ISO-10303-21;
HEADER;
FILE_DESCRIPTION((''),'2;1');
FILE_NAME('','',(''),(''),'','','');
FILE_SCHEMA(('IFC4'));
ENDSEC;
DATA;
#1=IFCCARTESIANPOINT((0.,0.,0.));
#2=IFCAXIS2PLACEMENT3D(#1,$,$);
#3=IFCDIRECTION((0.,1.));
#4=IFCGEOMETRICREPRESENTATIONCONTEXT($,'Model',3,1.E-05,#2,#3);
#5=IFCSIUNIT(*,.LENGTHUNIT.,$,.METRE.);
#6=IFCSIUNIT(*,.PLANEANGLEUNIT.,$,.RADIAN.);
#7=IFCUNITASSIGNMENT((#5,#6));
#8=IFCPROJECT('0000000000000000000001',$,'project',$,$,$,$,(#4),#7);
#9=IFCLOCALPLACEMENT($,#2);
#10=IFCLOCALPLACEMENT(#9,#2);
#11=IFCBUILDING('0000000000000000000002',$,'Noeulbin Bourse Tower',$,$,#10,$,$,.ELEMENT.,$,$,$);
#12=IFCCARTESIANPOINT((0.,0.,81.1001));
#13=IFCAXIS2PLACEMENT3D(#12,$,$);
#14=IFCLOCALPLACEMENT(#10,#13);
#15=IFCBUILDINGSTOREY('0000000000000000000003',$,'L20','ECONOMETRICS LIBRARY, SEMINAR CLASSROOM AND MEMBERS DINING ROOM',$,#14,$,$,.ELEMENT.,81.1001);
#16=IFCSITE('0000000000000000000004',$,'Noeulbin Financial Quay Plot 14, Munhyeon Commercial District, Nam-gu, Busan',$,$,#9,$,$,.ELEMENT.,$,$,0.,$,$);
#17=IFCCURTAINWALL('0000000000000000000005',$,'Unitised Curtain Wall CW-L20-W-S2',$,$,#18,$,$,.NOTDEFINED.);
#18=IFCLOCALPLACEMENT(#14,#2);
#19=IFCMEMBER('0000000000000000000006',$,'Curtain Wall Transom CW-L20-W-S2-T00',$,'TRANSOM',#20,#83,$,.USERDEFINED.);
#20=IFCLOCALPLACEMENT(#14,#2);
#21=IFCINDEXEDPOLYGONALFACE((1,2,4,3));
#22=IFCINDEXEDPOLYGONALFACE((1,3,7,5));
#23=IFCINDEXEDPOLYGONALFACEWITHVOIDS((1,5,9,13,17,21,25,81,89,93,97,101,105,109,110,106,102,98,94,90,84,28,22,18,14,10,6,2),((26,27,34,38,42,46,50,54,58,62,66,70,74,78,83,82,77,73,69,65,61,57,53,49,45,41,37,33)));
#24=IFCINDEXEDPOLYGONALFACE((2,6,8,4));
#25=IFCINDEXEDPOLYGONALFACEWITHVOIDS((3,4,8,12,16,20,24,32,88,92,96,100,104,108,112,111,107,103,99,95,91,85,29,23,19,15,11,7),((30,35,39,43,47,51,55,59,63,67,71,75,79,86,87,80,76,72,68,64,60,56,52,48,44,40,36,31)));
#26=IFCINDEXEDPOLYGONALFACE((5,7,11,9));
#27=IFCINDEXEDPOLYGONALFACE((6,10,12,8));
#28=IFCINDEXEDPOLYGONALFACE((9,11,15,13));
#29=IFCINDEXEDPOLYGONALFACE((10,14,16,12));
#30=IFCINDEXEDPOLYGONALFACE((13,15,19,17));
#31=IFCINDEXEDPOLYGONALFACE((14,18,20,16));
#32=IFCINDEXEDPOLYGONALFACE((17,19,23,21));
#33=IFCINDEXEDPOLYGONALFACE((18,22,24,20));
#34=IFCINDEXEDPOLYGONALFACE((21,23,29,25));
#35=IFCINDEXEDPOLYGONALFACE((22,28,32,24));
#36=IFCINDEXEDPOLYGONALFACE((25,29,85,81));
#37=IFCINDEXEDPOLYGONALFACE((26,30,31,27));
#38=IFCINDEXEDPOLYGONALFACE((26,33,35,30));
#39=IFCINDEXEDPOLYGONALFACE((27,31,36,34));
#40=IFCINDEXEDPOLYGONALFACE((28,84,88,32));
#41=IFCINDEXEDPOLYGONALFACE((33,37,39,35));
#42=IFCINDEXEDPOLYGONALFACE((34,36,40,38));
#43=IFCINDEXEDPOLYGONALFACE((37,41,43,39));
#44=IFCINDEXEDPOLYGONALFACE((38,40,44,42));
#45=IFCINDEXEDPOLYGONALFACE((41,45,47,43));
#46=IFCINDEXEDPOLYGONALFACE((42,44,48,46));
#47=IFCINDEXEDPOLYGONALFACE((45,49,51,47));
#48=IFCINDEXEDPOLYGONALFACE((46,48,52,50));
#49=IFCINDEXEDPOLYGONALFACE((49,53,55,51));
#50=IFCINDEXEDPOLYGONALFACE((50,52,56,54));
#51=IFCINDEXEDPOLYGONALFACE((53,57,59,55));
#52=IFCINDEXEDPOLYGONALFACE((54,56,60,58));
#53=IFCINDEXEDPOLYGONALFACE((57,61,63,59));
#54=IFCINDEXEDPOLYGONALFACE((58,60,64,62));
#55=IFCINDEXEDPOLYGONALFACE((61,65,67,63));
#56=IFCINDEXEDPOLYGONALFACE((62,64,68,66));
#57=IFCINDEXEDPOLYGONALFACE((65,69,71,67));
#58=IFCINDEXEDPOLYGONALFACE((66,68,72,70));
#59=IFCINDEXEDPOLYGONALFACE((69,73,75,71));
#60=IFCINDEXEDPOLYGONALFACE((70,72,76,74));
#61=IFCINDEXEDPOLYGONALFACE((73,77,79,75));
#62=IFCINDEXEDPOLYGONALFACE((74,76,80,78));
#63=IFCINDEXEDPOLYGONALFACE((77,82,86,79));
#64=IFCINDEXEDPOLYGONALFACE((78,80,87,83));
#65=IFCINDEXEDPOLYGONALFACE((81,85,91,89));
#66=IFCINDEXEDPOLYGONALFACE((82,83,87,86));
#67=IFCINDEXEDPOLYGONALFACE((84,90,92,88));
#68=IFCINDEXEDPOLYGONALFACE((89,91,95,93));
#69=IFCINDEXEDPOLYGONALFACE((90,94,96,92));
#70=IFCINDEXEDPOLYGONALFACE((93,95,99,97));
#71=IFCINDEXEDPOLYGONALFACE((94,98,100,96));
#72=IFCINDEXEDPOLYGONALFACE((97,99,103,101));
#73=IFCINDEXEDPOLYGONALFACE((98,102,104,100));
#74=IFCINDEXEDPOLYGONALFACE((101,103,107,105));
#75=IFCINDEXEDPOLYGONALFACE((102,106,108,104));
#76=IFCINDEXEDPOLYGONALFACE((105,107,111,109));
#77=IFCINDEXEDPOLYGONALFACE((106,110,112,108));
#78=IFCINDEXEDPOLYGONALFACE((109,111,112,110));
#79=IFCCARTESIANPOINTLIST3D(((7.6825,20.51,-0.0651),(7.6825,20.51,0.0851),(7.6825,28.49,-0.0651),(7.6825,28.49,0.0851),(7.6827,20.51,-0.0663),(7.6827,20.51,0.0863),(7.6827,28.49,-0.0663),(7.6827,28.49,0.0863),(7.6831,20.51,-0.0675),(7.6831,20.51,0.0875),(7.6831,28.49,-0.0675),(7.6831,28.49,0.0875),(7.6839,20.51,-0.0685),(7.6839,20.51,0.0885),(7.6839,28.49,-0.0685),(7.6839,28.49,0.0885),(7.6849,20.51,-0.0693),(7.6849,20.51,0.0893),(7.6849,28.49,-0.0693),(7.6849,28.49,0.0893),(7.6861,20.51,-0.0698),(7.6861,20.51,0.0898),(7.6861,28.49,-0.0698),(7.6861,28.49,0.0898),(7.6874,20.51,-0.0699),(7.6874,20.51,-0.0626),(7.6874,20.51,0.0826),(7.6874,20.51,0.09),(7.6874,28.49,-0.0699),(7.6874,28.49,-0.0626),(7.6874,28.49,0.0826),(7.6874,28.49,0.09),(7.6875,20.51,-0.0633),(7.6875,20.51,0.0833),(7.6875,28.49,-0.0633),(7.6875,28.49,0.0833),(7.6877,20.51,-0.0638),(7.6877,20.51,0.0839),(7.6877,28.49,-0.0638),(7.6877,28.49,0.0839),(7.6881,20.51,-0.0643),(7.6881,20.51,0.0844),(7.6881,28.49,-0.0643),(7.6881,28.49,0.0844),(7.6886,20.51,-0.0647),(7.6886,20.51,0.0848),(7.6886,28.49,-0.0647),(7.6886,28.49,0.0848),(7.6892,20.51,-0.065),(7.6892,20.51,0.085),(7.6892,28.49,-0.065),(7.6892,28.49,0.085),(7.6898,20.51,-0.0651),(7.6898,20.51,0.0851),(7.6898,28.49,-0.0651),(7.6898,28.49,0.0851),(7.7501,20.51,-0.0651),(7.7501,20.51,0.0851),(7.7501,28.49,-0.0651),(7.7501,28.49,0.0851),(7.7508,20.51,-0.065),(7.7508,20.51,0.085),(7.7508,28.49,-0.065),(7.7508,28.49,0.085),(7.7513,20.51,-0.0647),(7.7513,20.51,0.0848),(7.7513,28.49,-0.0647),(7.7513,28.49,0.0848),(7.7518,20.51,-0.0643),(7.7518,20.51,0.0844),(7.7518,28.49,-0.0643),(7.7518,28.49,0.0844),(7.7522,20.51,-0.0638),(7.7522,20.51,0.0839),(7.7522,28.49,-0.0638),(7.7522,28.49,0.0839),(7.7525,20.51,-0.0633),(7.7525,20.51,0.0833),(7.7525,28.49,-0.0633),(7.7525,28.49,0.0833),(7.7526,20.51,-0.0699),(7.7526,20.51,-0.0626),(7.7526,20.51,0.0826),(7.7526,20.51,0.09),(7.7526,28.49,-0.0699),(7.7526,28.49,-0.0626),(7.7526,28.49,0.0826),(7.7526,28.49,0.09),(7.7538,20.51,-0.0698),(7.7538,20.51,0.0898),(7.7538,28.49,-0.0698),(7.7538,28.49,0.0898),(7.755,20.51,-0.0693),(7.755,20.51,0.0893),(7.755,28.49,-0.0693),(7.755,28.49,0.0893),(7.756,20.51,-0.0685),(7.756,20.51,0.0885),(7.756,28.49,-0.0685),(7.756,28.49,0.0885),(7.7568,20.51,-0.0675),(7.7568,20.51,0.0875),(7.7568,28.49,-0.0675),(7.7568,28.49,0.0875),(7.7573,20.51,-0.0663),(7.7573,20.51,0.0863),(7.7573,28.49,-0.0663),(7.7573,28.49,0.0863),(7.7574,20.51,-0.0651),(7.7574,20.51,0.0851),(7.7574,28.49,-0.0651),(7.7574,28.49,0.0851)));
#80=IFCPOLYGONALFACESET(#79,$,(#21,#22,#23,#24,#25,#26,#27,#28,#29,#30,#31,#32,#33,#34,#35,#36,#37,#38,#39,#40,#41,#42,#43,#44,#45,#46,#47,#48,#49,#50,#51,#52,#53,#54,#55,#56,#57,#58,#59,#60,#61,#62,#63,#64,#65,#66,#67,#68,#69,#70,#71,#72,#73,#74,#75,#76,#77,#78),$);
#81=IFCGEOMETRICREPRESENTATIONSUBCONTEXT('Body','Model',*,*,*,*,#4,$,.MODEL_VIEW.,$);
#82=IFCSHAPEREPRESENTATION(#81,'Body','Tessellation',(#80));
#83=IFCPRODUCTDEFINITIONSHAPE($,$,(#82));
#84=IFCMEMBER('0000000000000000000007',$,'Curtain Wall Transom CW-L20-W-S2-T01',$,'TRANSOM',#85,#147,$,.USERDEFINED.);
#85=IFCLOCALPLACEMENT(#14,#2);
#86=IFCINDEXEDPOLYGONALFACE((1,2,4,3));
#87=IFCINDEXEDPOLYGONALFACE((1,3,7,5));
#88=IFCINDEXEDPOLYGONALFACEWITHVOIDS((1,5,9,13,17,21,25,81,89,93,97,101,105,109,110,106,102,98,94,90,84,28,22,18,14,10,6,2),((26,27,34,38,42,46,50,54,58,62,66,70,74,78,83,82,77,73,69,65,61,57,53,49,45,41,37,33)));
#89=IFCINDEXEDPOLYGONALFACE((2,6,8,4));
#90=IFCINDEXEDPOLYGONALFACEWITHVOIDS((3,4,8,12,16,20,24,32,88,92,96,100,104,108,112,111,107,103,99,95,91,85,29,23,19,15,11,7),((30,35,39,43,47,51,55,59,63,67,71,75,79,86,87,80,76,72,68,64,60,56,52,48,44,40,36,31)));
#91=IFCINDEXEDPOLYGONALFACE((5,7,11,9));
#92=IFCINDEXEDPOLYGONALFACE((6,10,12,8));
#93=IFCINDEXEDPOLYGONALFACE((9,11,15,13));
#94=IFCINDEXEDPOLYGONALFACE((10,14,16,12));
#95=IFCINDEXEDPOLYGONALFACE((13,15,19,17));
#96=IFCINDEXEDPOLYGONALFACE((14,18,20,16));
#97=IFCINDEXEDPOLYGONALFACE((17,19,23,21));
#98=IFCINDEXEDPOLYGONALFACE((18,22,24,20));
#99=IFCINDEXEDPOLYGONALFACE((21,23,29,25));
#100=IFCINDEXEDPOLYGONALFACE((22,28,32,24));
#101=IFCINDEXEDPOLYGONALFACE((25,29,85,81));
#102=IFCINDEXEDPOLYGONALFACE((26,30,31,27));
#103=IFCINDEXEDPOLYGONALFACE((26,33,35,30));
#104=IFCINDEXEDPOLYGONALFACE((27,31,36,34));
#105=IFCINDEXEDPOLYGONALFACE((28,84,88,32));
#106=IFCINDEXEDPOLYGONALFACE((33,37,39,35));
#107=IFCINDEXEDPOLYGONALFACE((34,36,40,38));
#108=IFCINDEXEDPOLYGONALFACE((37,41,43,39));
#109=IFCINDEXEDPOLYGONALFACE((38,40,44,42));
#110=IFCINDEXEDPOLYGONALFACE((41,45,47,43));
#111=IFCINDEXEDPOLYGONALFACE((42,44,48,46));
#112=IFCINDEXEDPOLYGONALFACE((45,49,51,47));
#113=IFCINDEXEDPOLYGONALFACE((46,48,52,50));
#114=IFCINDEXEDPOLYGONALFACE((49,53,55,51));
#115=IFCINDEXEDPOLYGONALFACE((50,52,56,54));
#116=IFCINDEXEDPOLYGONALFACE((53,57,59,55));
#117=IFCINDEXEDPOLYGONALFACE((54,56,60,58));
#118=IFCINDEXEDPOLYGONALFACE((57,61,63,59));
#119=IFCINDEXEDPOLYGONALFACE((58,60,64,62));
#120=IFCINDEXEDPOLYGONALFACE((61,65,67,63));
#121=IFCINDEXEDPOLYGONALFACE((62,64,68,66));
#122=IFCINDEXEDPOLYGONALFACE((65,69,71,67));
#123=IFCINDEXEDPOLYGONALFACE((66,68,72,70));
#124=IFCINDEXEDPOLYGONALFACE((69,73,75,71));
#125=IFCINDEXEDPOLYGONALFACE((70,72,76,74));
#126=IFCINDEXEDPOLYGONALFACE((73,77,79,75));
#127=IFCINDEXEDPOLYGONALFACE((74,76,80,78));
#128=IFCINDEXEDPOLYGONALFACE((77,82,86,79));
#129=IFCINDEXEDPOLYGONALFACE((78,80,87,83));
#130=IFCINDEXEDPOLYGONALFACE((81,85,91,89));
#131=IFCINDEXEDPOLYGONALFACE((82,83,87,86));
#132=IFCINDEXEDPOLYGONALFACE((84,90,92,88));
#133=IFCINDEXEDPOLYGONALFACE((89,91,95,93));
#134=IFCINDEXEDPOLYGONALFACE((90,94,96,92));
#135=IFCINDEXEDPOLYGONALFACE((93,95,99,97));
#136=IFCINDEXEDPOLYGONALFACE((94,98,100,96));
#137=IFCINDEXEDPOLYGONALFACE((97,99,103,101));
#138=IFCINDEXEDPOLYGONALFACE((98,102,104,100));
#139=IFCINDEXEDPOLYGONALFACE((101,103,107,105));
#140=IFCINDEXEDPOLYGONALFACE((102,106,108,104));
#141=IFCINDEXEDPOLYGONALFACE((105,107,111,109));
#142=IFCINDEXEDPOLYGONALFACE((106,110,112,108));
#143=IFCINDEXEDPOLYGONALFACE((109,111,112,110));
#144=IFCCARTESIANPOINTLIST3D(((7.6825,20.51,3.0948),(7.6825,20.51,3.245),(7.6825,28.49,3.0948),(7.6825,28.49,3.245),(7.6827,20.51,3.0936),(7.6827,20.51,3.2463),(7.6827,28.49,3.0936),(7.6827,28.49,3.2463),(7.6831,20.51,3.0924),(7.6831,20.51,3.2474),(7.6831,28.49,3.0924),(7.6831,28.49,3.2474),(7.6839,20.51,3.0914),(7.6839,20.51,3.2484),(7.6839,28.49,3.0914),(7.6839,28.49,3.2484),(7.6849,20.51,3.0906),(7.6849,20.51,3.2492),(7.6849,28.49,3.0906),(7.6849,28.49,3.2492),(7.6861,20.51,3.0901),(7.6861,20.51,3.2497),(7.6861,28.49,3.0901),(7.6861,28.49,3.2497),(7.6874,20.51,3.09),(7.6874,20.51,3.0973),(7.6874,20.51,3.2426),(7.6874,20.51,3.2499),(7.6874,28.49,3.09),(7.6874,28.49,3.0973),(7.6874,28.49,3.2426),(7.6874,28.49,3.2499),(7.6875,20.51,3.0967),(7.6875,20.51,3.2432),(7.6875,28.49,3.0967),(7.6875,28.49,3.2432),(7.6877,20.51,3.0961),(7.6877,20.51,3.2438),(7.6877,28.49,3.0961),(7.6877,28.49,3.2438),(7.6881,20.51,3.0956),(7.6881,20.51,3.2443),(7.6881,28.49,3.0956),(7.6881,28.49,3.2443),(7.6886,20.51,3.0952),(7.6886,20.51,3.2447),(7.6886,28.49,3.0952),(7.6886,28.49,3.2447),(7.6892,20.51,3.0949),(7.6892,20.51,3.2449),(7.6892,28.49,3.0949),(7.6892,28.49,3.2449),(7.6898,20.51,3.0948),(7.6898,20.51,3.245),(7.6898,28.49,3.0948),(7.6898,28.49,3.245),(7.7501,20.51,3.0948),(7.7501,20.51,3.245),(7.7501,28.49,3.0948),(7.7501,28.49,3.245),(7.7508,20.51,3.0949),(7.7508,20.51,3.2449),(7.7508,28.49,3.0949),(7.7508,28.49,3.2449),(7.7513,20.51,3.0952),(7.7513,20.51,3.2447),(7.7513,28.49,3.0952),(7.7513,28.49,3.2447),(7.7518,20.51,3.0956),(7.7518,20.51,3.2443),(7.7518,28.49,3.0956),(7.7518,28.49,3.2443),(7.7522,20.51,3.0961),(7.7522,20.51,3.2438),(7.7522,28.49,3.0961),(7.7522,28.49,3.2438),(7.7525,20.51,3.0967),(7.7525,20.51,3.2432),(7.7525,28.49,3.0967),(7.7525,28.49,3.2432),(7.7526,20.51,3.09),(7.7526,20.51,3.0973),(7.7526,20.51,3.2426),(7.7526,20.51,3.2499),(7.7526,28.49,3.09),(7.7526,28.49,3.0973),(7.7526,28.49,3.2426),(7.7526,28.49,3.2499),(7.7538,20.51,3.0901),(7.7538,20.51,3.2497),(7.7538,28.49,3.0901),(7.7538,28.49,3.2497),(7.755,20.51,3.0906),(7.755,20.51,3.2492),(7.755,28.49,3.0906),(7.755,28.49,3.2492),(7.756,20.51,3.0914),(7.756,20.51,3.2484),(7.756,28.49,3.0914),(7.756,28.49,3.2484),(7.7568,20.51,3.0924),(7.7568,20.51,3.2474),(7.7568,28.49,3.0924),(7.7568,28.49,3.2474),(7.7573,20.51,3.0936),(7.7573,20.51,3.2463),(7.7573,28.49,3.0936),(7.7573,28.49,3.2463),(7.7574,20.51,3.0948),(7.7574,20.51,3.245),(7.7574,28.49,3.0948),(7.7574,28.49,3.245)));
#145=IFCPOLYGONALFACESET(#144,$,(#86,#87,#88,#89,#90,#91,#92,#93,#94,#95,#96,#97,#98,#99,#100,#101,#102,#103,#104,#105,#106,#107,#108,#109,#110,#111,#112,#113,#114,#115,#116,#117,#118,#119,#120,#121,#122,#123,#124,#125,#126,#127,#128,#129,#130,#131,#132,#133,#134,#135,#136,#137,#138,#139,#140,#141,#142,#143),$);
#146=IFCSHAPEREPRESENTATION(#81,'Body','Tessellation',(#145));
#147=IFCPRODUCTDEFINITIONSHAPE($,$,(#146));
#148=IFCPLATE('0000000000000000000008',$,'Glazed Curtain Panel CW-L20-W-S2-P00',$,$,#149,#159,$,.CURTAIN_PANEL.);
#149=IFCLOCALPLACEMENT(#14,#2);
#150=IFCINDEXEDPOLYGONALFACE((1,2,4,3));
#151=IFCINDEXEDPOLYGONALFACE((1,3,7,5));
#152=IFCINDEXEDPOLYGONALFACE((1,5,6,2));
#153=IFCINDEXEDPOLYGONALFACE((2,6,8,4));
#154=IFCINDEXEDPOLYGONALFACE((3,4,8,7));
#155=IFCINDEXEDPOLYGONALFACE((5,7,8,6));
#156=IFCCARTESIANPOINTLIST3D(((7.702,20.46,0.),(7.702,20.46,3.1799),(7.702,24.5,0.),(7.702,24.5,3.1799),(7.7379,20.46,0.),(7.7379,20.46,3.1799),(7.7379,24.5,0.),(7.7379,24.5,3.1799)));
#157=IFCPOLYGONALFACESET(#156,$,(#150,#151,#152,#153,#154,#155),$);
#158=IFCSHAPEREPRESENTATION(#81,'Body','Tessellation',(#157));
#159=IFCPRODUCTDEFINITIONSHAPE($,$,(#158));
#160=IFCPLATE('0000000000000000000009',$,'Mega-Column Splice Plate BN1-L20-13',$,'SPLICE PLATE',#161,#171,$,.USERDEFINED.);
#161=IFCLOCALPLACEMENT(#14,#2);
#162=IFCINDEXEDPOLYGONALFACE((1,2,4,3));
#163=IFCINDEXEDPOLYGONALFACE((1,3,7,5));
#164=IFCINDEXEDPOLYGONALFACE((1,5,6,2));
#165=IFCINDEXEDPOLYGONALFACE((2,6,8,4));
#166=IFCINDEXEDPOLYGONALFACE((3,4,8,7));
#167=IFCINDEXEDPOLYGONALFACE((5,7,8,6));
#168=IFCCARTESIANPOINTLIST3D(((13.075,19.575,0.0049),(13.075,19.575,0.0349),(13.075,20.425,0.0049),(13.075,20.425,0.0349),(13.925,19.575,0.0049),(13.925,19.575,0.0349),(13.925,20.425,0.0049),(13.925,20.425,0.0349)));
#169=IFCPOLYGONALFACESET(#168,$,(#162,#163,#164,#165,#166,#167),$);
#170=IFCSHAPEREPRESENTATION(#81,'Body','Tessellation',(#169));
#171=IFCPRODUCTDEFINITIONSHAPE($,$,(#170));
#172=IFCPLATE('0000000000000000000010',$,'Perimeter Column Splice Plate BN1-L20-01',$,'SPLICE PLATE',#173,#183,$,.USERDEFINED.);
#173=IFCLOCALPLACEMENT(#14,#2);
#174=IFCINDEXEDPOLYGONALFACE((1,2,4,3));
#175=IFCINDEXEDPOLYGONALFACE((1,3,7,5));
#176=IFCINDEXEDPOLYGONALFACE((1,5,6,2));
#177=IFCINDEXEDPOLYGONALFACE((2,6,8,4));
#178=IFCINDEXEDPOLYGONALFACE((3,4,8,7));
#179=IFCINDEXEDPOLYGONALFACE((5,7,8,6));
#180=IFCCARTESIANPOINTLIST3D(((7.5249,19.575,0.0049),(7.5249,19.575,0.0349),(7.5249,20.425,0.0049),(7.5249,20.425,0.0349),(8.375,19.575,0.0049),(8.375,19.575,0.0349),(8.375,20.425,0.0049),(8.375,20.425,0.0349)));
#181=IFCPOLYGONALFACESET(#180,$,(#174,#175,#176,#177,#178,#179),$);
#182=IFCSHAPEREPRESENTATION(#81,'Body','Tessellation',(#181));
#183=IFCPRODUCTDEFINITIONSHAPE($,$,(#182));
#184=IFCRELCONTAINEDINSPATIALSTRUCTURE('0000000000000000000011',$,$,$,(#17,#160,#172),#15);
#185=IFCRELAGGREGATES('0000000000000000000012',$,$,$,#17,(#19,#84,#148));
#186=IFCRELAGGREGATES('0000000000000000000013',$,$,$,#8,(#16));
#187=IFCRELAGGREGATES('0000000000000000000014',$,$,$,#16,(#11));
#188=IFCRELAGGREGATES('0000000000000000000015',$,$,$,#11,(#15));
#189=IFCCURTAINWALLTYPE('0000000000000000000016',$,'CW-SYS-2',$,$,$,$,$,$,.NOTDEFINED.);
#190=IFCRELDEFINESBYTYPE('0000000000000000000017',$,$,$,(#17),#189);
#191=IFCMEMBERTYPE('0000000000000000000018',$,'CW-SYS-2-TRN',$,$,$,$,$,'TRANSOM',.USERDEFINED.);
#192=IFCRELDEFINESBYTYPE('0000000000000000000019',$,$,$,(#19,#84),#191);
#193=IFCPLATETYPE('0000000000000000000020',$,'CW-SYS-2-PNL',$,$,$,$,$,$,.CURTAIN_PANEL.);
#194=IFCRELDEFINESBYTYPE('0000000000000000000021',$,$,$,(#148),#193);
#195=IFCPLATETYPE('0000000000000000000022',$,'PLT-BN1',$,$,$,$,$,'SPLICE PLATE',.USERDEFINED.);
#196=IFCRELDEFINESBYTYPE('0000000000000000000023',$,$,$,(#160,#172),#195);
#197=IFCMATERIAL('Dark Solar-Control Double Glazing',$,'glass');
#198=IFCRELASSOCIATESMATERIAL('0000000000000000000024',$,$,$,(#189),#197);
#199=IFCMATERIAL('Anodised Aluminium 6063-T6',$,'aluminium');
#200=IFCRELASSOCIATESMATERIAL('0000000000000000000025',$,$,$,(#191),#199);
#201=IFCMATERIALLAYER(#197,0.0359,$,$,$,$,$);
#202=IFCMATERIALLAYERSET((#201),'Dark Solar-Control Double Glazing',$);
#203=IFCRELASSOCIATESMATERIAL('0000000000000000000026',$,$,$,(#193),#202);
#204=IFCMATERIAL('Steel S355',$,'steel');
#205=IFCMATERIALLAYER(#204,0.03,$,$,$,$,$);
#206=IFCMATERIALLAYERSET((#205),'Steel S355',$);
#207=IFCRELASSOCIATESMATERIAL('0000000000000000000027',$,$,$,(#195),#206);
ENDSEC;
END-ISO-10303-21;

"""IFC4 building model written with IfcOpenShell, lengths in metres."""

from ifc_helpers import new_model, si_unit, direction, frame, origin, origin_2d, place, context, subcontext, project, spatial, rectangle, hollow_rectangle, extrude, material, layer, layer_set, material_profile, profile_set, type_object, element, aggregate, save


model = new_model("IFC4")

# Units and contexts
model_context = context("Model", 3, precision=1e-05, world=origin(), true_north=direction((0.0, 1.0)))
body_context = subcontext(model_context, "Body", "Model", "MODEL_VIEW")
ifc_project = project(units=[si_unit("LENGTHUNIT", "METRE"), si_unit("PLANEANGLEUNIT", "RADIAN")], contexts=[model_context])

# Site, building, storey
site_placement = place(None, origin())
site = spatial("IfcSite", under=ifc_project, at=site_placement, Name="Noeulbin Financial Quay Plot 14, Munhyeon Commercial District, Nam-gu, Busan", CompositionType="ELEMENT", RefElevation=0.0)
building_placement = place(site_placement, origin())
building = spatial("IfcBuilding", under=site, at=building_placement, Name="Noeulbin Bourse Tower", CompositionType="ELEMENT")
storey_placement = place(building_placement, frame((0.0, 0.0, 81.1001)))
storey = spatial("IfcBuildingStorey", under=building, at=storey_placement, Name="L20", Description="ECONOMETRICS LIBRARY, SEMINAR CLASSROOM AND MEMBERS DINING ROOM", CompositionType="ELEMENT", Elevation=81.1001)

# Shared definitions
ifc_material_1 = material(Name="Steel S355", Category="steel")

# Curtain wall, members, plate
ifc_material_2 = material(Name="Dark Solar-Control Double Glazing", Category="glass")
curtain_wall_type = type_object("IfcCurtainWallType", Name="CW-SYS-2", PredefinedType="NOTDEFINED", material=ifc_material_2)
curtain_wall_placement = place(storey_placement, origin())
curtain_wall = element("IfcCurtainWall", 1, at=curtain_wall_placement, inside=storey, type_object=curtain_wall_type, Name="Unitised Curtain Wall CW-L20-W-S2", PredefinedType="NOTDEFINED")
ifc_material_3 = material(Name="Anodised Aluminium 6063-T6", Category="aluminium")
ifc_material_profile_1 = material_profile(ifc_material_3, hollow_rectangle(XDim=0.075, YDim=0.1599, WallThickness=0.0049, InnerFilletRadius=0.0024, OuterFilletRadius=0.0049, at=origin_2d()), Name="ALU-TRAN-75x160x5", Category="LoadBearing")
ifc_profile_set_1 = profile_set([ifc_material_profile_1], Name="Anodised Aluminium 6063-T6")
member_type_1 = type_object("IfcMemberType", Name="CW-SYS-2-TRN", ElementType="TRANSOM", PredefinedType="USERDEFINED", material=ifc_profile_set_1)
member_1_placement = place(storey_placement, frame((7.72, 20.51, 0.01), z_axis=(0.0, 1.0, 0.0), x_axis=(-1.0, 0.0, 0.0)))
member_1 = element("IfcMember", 2, at=member_1_placement, type_object=member_type_1, Name="Curtain Wall Transom CW-L20-W-S2-T00", ObjectType="TRANSOM", PredefinedType="USERDEFINED", context=body_context, shape_type="SweptSolid", body=[
    extrude(hollow_rectangle(XDim=0.075, YDim=0.1599, WallThickness=0.0049, InnerFilletRadius=0.0024, OuterFilletRadius=0.0049, at=origin_2d()), origin(), (0.0, 0.0, 1.0), 7.98),
])
member_2_placement = place(storey_placement, frame((7.72, 20.51, 3.1699), z_axis=(0.0, 1.0, 0.0), x_axis=(-1.0, 0.0, 0.0)))
member_2 = element("IfcMember", 3, at=member_2_placement, type_object=member_type_1, Name="Curtain Wall Transom CW-L20-W-S2-T01", ObjectType="TRANSOM", PredefinedType="USERDEFINED", context=body_context, shape_type="SweptSolid", body=[
    extrude(hollow_rectangle(XDim=0.075, YDim=0.1599, WallThickness=0.0049, InnerFilletRadius=0.0024, OuterFilletRadius=0.0049, at=origin_2d()), origin(), (0.0, 0.0, 1.0), 7.98),
])
ifc_layer_1 = layer(ifc_material_2, 0.0359)
ifc_layer_set_1 = layer_set([ifc_layer_1], Name="Dark Solar-Control Double Glazing")
plate_type_1 = type_object("IfcPlateType", Name="CW-SYS-2-PNL", PredefinedType="CURTAIN_PANEL", material=ifc_layer_set_1)
plate_placement = place(storey_placement, frame((7.72, 22.48, 0.0), z_axis=(0.0, 0.0, 1.0), x_axis=(0.0, 1.0, 0.0)))
plate = element("IfcPlate", 4, at=plate_placement, type_object=plate_type_1, Name="Glazed Curtain Panel CW-L20-W-S2-P00", PredefinedType="CURTAIN_PANEL", context=body_context, shape_type="SweptSolid", body=[
    extrude(rectangle(XDim=4.04, YDim=0.0359, at=origin_2d()), origin(), (0.0, 0.0, 1.0), 3.1799),
])
aggregate(curtain_wall, [member_1, member_2, plate])

# Plates
ifc_layer_2 = layer(ifc_material_1, 0.03)
ifc_layer_set_2 = layer_set([ifc_layer_2], Name="Steel S355")
plate_type_2 = type_object("IfcPlateType", Name="PLT-BN1", ElementType="SPLICE PLATE", PredefinedType="USERDEFINED", material=ifc_layer_set_2)
for number, where, z_axis, x_axis, name in (
    (5, (13.5, 20.0, 0.0049), (0.0, 0.0, 1.0), (1.0, 0.0, 0.0), "Mega-Column Splice Plate BN1-L20-13"),
    (6, (7.95, 20.0, 0.0049), (0.0, 0.0, 1.0), (1.0, 0.0, 0.0), "Perimeter Column Splice Plate BN1-L20-01"),
):
    element("IfcPlate", number, at=place(storey_placement, frame(where, z_axis=z_axis, x_axis=x_axis)), inside=storey, type_object=plate_type_2, Name=name, ObjectType="SPLICE PLATE", PredefinedType="USERDEFINED", context=body_context, shape_type="SweptSolid", body=[
        extrude(rectangle(XDim=0.8501, YDim=0.8501, at=origin_2d()), origin(), (0.0, 0.0, 1.0), 0.03),
    ])

save(model, "model.ifc")
